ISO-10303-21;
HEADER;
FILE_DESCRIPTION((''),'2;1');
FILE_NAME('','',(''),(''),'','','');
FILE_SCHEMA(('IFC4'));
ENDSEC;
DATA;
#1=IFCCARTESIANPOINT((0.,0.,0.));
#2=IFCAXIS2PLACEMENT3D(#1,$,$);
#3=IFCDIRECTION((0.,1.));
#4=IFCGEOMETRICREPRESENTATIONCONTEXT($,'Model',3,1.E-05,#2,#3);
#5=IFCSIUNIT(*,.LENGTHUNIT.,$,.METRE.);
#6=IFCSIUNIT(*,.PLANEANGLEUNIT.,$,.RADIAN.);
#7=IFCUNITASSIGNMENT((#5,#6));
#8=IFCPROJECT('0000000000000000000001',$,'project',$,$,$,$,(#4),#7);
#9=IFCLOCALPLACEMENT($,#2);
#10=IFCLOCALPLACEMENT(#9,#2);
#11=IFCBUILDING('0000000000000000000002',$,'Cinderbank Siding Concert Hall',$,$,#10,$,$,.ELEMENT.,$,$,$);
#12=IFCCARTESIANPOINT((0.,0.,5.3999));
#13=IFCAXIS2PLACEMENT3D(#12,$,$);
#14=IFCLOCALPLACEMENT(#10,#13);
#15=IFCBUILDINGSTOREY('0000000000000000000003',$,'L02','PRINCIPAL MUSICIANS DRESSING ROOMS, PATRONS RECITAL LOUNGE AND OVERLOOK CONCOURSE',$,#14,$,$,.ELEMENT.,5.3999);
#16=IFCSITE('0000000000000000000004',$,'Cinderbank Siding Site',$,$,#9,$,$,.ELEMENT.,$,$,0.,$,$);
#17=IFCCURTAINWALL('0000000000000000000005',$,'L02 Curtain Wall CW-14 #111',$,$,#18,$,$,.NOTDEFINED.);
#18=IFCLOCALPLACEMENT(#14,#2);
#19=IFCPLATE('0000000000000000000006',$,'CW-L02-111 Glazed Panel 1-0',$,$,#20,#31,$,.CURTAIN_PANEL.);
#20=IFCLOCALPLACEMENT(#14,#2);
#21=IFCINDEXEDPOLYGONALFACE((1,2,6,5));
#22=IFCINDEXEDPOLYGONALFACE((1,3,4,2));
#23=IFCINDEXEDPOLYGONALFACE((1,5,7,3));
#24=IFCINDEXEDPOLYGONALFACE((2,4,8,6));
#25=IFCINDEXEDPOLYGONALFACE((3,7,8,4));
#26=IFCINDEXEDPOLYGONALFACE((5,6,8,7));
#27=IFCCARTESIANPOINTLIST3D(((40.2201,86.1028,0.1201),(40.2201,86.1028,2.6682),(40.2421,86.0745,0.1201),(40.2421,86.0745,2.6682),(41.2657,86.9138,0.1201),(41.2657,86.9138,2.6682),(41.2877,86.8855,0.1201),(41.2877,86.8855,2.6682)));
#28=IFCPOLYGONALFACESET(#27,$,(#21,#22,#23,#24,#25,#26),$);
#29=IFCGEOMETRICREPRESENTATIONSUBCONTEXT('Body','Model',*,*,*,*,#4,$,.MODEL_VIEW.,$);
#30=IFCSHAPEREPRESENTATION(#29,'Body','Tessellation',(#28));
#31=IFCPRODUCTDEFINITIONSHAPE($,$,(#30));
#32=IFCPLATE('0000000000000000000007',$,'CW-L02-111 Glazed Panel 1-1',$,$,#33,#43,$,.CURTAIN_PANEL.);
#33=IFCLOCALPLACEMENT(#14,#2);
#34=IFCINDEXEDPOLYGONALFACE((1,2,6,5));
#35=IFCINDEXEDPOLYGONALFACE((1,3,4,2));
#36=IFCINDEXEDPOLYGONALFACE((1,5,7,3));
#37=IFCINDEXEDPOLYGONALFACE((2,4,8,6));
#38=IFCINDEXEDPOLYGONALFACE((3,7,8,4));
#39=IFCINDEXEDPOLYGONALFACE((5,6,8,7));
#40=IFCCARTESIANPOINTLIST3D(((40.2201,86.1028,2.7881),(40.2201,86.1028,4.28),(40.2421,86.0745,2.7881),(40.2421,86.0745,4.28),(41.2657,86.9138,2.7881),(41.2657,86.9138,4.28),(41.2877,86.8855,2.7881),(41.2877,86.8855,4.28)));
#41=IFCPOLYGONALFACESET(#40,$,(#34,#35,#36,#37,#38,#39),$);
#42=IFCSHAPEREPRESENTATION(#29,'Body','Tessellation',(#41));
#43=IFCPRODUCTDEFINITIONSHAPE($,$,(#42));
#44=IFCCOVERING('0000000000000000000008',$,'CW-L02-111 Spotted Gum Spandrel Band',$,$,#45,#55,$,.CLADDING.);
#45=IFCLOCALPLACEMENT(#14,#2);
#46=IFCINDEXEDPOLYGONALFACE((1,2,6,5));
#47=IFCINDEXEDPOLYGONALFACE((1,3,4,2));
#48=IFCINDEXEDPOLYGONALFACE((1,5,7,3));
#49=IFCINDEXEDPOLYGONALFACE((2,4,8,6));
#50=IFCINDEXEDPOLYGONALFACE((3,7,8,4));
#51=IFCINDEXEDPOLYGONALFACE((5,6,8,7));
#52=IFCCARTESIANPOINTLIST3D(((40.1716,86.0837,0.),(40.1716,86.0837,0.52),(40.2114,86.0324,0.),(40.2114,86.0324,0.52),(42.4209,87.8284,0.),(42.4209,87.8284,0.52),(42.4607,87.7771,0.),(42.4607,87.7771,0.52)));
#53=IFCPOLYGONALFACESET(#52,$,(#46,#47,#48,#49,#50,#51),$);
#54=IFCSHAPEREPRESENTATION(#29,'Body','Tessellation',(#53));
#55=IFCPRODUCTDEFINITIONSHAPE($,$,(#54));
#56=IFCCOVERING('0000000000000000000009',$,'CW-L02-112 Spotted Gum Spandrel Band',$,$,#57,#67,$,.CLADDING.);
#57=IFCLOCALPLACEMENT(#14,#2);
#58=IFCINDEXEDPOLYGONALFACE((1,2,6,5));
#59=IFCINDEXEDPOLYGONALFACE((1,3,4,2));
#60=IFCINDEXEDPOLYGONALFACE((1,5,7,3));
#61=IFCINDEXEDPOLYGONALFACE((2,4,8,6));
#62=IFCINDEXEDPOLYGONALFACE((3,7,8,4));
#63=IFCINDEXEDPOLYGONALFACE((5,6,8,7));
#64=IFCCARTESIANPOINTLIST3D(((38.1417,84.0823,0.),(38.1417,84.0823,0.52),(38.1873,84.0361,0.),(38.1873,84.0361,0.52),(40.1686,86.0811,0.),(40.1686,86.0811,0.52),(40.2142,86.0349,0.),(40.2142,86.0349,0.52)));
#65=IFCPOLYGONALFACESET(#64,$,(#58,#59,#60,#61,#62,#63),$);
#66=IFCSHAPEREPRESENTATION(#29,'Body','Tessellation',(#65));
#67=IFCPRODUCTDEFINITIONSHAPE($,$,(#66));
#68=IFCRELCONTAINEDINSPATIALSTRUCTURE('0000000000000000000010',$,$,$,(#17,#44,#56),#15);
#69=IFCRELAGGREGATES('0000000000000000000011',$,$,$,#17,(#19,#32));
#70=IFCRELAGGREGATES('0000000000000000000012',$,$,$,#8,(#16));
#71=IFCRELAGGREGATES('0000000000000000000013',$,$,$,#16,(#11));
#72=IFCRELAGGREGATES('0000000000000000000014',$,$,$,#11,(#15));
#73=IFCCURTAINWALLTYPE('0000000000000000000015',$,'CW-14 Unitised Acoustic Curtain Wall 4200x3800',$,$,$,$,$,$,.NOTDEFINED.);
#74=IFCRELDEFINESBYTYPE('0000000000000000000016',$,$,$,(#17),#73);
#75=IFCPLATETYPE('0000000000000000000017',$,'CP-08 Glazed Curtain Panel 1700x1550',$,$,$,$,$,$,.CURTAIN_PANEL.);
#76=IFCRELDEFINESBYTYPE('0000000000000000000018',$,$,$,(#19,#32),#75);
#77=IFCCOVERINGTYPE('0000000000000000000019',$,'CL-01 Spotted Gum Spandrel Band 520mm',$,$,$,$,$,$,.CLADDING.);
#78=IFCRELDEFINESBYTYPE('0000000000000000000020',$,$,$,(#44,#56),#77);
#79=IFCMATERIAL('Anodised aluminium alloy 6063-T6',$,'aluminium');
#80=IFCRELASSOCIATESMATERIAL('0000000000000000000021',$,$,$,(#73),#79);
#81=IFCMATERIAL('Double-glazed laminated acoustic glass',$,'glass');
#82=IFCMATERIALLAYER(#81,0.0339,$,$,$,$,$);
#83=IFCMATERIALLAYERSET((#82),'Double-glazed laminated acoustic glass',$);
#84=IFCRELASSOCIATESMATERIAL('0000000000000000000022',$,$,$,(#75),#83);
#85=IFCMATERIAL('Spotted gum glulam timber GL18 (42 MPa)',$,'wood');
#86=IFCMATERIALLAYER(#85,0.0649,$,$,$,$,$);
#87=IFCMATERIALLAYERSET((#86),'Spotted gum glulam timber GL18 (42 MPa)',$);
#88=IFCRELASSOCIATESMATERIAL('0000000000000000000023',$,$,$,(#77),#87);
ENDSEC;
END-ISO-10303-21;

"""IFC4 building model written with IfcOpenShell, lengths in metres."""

from ifc_helpers import new_model, si_unit, direction, frame, origin, origin_2d, place, context, subcontext, project, spatial, rectangle, extrude, material, layer, layer_set, type_object, element, aggregate, save


model = new_model("IFC4")

# Units and contexts
model_context = context("Model", 3, precision=1e-05, world=origin(), true_north=direction((0.0, 1.0)))
body_context = subcontext(model_context, "Body", "Model", "MODEL_VIEW")
ifc_project = project(units=[si_unit("LENGTHUNIT", "METRE"), si_unit("PLANEANGLEUNIT", "RADIAN")], contexts=[model_context])

# Site, building, storey
site_placement = place(None, origin())
site = spatial("IfcSite", under=ifc_project, at=site_placement, Name="Cinderbank Siding Site", CompositionType="ELEMENT", RefElevation=0.0)
building_placement = place(site_placement, origin())
building = spatial("IfcBuilding", under=site, at=building_placement, Name="Cinderbank Siding Concert Hall", CompositionType="ELEMENT")
storey_placement = place(building_placement, frame((0.0, 0.0, 5.3999)))
storey = spatial("IfcBuildingStorey", under=building, at=storey_placement, Name="L02", Description="PRINCIPAL MUSICIANS DRESSING ROOMS, PATRONS RECITAL LOUNGE AND OVERLOOK CONCOURSE", CompositionType="ELEMENT", Elevation=5.3999)

# Shared definitions
ifc_material_1 = material(Name="Anodised aluminium alloy 6063-T6", Category="aluminium")

# Curtain wall
curtain_wall_type_1 = type_object("IfcCurtainWallType", Name="CW-14 Unitised Acoustic Curtain Wall 4200x3800", PredefinedType="NOTDEFINED", material=ifc_material_1)
curtain_wall_1_placement = place(storey_placement, origin())
curtain_wall_1 = element("IfcCurtainWall", 1, at=curtain_wall_1_placement, inside=storey, type_object=curtain_wall_type_1, Name="L02 Curtain Wall CW-14 #111", PredefinedType="NOTDEFINED")

# Plates
ifc_material_2 = material(Name="Double-glazed laminated acoustic glass", Category="glass")
ifc_layer_1 = layer(ifc_material_2, 0.0339)
ifc_layer_set_1 = layer_set([ifc_layer_1], Name="Double-glazed laminated acoustic glass")
plate_type_1 = type_object("IfcPlateType", Name="CP-08 Glazed Curtain Panel 1700x1550", PredefinedType="CURTAIN_PANEL", material=ifc_layer_set_1)
plate_1_placement = place(storey_placement, frame((40.7539, 86.4941, 0.1201), z_axis=(0.0, 0.0, 1.0), x_axis=(-0.790161, -0.612899, 0.0)))
plate_1 = element("IfcPlate", 2, at=plate_1_placement, type_object=plate_type_1, Name="CW-L02-111 Glazed Panel 1-0", PredefinedType="CURTAIN_PANEL", context=body_context, shape_type="SweptSolid", body=[
    extrude(rectangle(XDim=1.3232, YDim=0.0359, at=origin_2d()), origin(), (0.0, 0.0, 1.0), 2.5481),
])
plate_2_placement = place(storey_placement, frame((40.7539, 86.4941, 2.7881), z_axis=(0.0, 0.0, 1.0), x_axis=(-0.790161, -0.612899, 0.0)))
plate_2 = element("IfcPlate", 3, at=plate_2_placement, type_object=plate_type_1, Name="CW-L02-111 Glazed Panel 1-1", PredefinedType="CURTAIN_PANEL", context=body_context, shape_type="SweptSolid", body=[
    extrude(rectangle(XDim=1.3232, YDim=0.0359, at=origin_2d()), origin(), (0.0, 0.0, 1.0), 1.4919),
])
aggregate(curtain_wall_1, [plate_1, plate_2])

# Coverings
ifc_material_3 = material(Name="Spotted gum glulam timber GL18 (42 MPa)", Category="wood")
ifc_layer_2 = layer(ifc_material_3, 0.0649)
ifc_layer_set_2 = layer_set([ifc_layer_2], Name="Spotted gum glulam timber GL18 (42 MPa)")
covering_type = type_object("IfcCoveringType", Name="CL-01 Spotted Gum Spandrel Band 520mm", PredefinedType="CLADDING", material=ifc_layer_set_2)
for number, where, z_axis, x_axis, name in (
    (4, (41.3162, 86.9304, 0.0), (0.0, 0.0, 1.0), (-0.790161, -0.612899, 0.0), "CW-L02-111 Spotted Gum Spandrel Band"),
    (5, (39.178, 85.0586, 0.0), (0.0, 0.0, 1.0), (-0.712025, -0.702154, 0.0), "CW-L02-112 Spotted Gum Spandrel Band"),
):
    element("IfcCovering", number, at=place(storey_placement, frame(where, z_axis=z_axis, x_axis=x_axis)), inside=storey, type_object=covering_type, Name=name, PredefinedType="CLADDING", context=body_context, shape_type="SweptSolid", body=[
        extrude(rectangle(XDim=2.8467, YDim=0.0649, at=origin_2d()), origin(), (0.0, 0.0, 1.0), 0.52),
    ])

save(model, "model.ifc")
